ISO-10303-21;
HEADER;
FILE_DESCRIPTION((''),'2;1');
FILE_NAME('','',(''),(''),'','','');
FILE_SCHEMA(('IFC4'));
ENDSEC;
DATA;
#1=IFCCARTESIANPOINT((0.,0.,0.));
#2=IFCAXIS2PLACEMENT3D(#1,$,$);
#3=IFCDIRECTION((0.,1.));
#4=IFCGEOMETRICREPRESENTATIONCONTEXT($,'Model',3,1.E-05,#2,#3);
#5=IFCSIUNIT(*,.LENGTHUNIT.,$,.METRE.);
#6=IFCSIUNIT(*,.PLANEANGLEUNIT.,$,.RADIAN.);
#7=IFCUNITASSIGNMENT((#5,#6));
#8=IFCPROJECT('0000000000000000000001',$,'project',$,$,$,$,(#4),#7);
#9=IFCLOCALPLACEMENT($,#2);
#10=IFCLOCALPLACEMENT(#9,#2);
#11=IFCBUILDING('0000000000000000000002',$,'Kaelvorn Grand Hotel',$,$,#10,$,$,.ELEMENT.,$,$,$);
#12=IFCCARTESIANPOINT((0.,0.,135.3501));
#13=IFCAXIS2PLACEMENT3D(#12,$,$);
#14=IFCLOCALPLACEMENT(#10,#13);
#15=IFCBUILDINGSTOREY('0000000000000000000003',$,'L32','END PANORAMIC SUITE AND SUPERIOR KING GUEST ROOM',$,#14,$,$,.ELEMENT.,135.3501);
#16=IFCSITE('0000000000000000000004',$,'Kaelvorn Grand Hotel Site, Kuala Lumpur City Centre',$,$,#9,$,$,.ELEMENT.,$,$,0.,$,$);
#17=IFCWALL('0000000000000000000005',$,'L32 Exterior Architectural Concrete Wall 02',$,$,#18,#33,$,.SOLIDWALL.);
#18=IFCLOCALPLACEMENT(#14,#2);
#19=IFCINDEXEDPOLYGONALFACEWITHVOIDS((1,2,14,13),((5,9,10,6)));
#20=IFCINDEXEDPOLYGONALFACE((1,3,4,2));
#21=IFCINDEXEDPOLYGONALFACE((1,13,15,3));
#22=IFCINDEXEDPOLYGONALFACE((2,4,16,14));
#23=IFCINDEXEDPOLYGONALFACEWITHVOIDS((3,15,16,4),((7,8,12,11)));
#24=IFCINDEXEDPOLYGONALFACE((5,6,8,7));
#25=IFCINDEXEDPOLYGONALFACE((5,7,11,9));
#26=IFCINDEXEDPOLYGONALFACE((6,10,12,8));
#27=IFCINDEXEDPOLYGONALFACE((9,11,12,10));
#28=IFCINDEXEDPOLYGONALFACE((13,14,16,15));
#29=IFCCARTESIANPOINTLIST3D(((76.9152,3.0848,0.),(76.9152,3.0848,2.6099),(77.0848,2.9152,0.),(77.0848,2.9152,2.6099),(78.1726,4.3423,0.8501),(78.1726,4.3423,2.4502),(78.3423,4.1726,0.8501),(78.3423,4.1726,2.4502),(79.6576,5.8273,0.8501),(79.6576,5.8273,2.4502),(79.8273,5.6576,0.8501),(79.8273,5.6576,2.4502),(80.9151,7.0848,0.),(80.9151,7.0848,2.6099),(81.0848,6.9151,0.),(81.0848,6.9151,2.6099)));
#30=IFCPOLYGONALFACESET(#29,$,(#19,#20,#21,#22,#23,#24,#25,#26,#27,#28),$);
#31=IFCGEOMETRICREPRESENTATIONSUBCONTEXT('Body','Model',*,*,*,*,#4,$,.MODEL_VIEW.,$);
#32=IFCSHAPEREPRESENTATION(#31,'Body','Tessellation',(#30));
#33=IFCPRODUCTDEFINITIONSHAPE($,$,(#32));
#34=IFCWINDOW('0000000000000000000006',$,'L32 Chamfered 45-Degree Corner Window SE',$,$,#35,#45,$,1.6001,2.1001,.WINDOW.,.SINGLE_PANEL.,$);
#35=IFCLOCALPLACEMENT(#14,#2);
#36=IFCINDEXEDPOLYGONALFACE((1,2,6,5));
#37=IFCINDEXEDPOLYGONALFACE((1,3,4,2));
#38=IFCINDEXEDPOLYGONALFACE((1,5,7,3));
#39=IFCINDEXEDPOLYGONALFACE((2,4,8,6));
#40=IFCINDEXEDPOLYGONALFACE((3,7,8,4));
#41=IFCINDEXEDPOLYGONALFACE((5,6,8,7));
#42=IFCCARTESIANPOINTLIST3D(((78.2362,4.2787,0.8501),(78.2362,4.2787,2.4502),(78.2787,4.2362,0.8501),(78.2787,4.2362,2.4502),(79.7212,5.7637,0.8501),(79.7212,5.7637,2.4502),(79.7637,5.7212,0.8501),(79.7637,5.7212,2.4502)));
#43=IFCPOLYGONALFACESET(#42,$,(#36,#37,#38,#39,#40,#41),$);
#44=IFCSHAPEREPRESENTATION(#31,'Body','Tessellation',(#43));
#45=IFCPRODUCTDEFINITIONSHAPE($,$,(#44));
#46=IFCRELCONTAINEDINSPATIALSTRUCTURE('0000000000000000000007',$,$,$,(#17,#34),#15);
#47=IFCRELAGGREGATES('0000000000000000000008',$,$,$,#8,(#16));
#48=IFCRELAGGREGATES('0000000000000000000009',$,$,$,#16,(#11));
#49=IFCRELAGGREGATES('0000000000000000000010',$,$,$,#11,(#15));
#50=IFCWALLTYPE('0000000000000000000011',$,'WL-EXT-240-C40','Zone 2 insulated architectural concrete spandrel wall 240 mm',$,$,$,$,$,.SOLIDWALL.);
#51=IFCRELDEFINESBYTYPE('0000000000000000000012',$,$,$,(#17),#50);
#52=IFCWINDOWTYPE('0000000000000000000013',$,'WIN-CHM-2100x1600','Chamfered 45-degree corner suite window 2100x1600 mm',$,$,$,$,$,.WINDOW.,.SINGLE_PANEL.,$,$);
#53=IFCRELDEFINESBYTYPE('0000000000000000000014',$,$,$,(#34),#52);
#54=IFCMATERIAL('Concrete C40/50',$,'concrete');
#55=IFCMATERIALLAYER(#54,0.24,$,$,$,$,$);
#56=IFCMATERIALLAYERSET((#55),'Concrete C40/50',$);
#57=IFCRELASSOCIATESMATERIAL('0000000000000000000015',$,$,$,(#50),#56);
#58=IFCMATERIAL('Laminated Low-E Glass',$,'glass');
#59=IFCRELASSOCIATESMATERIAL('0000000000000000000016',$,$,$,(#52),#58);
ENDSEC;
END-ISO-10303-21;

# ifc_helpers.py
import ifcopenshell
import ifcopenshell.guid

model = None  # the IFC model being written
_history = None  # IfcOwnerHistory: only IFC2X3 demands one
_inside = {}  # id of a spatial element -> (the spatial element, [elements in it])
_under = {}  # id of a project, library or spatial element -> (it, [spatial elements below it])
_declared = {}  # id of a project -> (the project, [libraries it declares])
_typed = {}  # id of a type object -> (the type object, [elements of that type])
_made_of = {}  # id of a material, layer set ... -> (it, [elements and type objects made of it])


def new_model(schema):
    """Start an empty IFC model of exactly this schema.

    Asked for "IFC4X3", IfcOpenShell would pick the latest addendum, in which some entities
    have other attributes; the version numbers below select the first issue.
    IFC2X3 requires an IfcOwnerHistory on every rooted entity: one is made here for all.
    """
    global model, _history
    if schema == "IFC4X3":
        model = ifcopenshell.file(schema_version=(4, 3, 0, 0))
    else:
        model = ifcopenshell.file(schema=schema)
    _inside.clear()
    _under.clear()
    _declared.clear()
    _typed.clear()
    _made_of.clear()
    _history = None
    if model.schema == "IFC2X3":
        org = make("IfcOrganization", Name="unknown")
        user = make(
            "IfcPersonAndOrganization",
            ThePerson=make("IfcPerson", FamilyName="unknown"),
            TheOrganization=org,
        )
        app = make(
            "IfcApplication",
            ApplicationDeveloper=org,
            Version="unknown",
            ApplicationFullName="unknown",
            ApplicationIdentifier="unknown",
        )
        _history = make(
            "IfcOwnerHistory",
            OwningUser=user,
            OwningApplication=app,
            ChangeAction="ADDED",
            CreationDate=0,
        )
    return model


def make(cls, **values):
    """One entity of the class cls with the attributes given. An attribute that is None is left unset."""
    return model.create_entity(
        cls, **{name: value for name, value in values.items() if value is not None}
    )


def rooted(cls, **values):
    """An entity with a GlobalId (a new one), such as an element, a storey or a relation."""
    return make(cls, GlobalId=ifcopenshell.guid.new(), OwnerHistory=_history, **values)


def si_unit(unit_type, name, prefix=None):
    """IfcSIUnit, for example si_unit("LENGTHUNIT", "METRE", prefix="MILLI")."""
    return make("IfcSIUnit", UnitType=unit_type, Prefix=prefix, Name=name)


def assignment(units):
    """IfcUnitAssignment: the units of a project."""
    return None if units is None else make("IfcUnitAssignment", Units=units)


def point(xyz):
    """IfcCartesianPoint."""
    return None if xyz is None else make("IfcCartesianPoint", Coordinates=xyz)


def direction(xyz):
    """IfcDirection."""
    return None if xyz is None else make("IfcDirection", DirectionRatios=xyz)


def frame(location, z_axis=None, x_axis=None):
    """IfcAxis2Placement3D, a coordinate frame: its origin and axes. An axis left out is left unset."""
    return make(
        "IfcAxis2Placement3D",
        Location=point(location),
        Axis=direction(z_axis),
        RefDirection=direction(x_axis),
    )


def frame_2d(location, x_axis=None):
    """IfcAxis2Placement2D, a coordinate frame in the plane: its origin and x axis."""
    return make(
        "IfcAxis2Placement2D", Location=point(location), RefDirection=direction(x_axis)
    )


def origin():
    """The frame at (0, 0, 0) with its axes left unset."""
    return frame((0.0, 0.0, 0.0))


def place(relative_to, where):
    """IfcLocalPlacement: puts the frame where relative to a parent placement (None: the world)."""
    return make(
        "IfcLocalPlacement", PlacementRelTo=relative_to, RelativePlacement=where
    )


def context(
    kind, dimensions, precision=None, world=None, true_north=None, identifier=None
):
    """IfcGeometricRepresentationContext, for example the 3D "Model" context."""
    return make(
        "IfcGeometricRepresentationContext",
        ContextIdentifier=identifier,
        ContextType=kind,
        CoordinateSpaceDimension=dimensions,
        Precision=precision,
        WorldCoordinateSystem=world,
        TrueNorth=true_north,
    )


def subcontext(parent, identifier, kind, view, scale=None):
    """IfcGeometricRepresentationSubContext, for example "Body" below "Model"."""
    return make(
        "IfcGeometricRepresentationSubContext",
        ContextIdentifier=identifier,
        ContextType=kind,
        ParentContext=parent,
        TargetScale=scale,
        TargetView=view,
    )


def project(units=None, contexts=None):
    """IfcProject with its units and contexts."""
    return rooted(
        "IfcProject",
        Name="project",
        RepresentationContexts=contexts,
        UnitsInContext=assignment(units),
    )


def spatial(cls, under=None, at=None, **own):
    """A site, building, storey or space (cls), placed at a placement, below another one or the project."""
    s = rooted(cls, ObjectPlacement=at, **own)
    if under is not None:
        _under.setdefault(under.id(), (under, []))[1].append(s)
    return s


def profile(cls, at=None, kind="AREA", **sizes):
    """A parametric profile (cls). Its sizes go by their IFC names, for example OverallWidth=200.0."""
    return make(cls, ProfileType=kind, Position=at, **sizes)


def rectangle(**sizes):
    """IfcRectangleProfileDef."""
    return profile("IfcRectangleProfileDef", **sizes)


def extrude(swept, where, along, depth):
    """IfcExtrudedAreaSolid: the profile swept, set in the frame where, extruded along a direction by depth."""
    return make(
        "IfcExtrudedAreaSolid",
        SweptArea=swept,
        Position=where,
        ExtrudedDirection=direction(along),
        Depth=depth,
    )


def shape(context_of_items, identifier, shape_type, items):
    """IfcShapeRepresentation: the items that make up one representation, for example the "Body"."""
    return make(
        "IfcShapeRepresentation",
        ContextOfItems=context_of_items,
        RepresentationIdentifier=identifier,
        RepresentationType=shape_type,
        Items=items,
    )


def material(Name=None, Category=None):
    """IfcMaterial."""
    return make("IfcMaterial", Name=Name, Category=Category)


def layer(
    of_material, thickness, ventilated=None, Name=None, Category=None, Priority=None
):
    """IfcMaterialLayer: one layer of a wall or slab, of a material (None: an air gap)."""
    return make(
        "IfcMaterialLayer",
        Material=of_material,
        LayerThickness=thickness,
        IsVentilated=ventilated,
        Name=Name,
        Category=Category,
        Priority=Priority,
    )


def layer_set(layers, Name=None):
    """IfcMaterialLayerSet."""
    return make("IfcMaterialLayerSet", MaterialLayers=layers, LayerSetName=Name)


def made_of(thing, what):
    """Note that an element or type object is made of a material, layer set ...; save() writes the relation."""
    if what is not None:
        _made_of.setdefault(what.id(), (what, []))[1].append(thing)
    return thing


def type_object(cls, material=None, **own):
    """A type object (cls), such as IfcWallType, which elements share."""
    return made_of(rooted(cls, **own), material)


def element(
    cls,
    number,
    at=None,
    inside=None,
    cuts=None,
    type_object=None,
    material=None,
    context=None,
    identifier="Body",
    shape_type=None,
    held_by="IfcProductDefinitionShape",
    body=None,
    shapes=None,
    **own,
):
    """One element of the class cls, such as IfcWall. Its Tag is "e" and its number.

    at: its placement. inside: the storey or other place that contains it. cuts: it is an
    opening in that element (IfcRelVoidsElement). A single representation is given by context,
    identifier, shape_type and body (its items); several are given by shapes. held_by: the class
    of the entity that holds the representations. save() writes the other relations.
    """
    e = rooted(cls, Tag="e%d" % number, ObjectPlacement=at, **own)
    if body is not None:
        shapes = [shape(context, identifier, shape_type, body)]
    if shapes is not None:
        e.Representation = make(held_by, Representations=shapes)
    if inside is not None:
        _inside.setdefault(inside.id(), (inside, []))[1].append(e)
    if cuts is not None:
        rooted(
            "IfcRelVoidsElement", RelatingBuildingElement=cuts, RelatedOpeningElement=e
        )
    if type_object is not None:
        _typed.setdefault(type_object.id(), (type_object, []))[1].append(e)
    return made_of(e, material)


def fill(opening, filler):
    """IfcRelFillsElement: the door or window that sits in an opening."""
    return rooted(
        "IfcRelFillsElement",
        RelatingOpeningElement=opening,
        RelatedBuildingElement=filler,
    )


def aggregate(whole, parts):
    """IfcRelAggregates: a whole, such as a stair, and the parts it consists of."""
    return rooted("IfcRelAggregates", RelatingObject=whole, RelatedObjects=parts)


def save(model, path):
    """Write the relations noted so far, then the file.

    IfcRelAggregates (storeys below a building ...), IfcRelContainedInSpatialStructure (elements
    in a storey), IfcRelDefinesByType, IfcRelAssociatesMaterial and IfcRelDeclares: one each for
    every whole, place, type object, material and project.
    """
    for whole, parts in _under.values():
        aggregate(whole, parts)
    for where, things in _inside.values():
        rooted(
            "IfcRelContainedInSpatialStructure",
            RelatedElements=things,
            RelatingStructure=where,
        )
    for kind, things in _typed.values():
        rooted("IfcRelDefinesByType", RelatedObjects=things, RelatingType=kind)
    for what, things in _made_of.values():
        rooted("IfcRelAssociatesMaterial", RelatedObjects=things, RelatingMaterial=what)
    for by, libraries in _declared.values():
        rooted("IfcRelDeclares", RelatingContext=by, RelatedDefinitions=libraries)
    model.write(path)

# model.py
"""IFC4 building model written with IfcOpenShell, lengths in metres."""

from ifc_helpers import new_model, si_unit, direction, frame, frame_2d, origin, place, context, subcontext, project, spatial, rectangle, extrude, material, layer, layer_set, type_object, element, fill, save


model = new_model("IFC4")

# Units and contexts
model_context = context("Model", 3, precision=1e-05, world=origin(), true_north=direction((0.0, 1.0)))
body_context = subcontext(model_context, "Body", "Model", "MODEL_VIEW")
ifc_project = project(units=[si_unit("LENGTHUNIT", "METRE"), si_unit("PLANEANGLEUNIT", "RADIAN")], contexts=[model_context])

# Site, building, storey
site_placement = place(None, origin())
site = spatial("IfcSite", under=ifc_project, at=site_placement, Name="Kaelvorn Grand Hotel Site, Kuala Lumpur City Centre", CompositionType="ELEMENT", RefElevation=0.0)
building_placement = place(site_placement, origin())
building = spatial("IfcBuilding", under=site, at=building_placement, Name="Kaelvorn Grand Hotel", CompositionType="ELEMENT")
storey_placement = place(building_placement, frame((0.0, 0.0, 135.3501)))
storey = spatial("IfcBuildingStorey", under=building, at=storey_placement, Name="L32", Description="END PANORAMIC SUITE AND SUPERIOR KING GUEST ROOM", CompositionType="ELEMENT", Elevation=135.3501)

# Wall, opening, window
ifc_material_1 = material(Name="Concrete C40/50", Category="concrete")
ifc_layer_1 = layer(ifc_material_1, 0.24)
ifc_layer_set_1 = layer_set([ifc_layer_1], Name="Concrete C40/50")
wall_type_1 = type_object("IfcWallType", Name="WL-EXT-240-C40", Description="Zone 2 insulated architectural concrete spandrel wall 240 mm", PredefinedType="SOLIDWALL", material=ifc_layer_set_1)
wall_1_placement = place(storey_placement, frame((77.0, 3.0, 0.0), z_axis=(0.0, 0.0, 1.0), x_axis=(0.707107, 0.707107, 0.0)))
wall_1 = element("IfcWall", 1, at=wall_1_placement, inside=storey, type_object=wall_type_1, Name="L32 Exterior Architectural Concrete Wall 02", PredefinedType="SOLIDWALL", context=body_context, shape_type="SweptSolid", body=[
    extrude(rectangle(XDim=5.6567, YDim=0.24, at=frame_2d((2.8284, 0.0))), origin(), (0.0, 0.0, 1.0), 2.6099),
])
opening_1_placement = place(wall_1_placement, frame((1.7783, 0.0, 0.8501)))
opening_1 = element("IfcOpeningElement", 2, at=opening_1_placement, cuts=wall_1, PredefinedType="OPENING", context=body_context, shape_type="SweptSolid", body=[
    extrude(rectangle(XDim=2.1001, YDim=1.6001, at=frame_2d((1.05, 0.8))), frame((0.0, 0.1299, 0.0), z_axis=(0.0, -1.0, 0.0), x_axis=(1.0, 0.0, 0.0)), (0.0, 0.0, 1.0), 0.26),
])
ifc_material_2 = material(Name="Laminated Low-E Glass", Category="glass")
window_type_1 = type_object("IfcWindowType", Name="WIN-CHM-2100x1600", Description="Chamfered 45-degree corner suite window 2100x1600 mm", PartitioningType="SINGLE_PANEL", PredefinedType="WINDOW", material=ifc_material_2)
window_1_placement = place(opening_1_placement, origin())
window_1 = element("IfcWindow", 3, at=window_1_placement, inside=storey, type_object=window_type_1, Name="L32 Chamfered 45-Degree Corner Window SE", OverallHeight=1.6001, OverallWidth=2.1001, PartitioningType="SINGLE_PANEL", PredefinedType="WINDOW", context=body_context, shape_type="SweptSolid", body=[
    extrude(rectangle(XDim=2.1001, YDim=1.6001, at=frame_2d((1.05, 0.8))), frame((0.0, 0.03, 0.0), z_axis=(0.0, -1.0, 0.0), x_axis=(1.0, 0.0, 0.0)), (0.0, 0.0, 1.0), 0.0601),
])
fill(opening_1, window_1)

save(model, "model.ifc")
